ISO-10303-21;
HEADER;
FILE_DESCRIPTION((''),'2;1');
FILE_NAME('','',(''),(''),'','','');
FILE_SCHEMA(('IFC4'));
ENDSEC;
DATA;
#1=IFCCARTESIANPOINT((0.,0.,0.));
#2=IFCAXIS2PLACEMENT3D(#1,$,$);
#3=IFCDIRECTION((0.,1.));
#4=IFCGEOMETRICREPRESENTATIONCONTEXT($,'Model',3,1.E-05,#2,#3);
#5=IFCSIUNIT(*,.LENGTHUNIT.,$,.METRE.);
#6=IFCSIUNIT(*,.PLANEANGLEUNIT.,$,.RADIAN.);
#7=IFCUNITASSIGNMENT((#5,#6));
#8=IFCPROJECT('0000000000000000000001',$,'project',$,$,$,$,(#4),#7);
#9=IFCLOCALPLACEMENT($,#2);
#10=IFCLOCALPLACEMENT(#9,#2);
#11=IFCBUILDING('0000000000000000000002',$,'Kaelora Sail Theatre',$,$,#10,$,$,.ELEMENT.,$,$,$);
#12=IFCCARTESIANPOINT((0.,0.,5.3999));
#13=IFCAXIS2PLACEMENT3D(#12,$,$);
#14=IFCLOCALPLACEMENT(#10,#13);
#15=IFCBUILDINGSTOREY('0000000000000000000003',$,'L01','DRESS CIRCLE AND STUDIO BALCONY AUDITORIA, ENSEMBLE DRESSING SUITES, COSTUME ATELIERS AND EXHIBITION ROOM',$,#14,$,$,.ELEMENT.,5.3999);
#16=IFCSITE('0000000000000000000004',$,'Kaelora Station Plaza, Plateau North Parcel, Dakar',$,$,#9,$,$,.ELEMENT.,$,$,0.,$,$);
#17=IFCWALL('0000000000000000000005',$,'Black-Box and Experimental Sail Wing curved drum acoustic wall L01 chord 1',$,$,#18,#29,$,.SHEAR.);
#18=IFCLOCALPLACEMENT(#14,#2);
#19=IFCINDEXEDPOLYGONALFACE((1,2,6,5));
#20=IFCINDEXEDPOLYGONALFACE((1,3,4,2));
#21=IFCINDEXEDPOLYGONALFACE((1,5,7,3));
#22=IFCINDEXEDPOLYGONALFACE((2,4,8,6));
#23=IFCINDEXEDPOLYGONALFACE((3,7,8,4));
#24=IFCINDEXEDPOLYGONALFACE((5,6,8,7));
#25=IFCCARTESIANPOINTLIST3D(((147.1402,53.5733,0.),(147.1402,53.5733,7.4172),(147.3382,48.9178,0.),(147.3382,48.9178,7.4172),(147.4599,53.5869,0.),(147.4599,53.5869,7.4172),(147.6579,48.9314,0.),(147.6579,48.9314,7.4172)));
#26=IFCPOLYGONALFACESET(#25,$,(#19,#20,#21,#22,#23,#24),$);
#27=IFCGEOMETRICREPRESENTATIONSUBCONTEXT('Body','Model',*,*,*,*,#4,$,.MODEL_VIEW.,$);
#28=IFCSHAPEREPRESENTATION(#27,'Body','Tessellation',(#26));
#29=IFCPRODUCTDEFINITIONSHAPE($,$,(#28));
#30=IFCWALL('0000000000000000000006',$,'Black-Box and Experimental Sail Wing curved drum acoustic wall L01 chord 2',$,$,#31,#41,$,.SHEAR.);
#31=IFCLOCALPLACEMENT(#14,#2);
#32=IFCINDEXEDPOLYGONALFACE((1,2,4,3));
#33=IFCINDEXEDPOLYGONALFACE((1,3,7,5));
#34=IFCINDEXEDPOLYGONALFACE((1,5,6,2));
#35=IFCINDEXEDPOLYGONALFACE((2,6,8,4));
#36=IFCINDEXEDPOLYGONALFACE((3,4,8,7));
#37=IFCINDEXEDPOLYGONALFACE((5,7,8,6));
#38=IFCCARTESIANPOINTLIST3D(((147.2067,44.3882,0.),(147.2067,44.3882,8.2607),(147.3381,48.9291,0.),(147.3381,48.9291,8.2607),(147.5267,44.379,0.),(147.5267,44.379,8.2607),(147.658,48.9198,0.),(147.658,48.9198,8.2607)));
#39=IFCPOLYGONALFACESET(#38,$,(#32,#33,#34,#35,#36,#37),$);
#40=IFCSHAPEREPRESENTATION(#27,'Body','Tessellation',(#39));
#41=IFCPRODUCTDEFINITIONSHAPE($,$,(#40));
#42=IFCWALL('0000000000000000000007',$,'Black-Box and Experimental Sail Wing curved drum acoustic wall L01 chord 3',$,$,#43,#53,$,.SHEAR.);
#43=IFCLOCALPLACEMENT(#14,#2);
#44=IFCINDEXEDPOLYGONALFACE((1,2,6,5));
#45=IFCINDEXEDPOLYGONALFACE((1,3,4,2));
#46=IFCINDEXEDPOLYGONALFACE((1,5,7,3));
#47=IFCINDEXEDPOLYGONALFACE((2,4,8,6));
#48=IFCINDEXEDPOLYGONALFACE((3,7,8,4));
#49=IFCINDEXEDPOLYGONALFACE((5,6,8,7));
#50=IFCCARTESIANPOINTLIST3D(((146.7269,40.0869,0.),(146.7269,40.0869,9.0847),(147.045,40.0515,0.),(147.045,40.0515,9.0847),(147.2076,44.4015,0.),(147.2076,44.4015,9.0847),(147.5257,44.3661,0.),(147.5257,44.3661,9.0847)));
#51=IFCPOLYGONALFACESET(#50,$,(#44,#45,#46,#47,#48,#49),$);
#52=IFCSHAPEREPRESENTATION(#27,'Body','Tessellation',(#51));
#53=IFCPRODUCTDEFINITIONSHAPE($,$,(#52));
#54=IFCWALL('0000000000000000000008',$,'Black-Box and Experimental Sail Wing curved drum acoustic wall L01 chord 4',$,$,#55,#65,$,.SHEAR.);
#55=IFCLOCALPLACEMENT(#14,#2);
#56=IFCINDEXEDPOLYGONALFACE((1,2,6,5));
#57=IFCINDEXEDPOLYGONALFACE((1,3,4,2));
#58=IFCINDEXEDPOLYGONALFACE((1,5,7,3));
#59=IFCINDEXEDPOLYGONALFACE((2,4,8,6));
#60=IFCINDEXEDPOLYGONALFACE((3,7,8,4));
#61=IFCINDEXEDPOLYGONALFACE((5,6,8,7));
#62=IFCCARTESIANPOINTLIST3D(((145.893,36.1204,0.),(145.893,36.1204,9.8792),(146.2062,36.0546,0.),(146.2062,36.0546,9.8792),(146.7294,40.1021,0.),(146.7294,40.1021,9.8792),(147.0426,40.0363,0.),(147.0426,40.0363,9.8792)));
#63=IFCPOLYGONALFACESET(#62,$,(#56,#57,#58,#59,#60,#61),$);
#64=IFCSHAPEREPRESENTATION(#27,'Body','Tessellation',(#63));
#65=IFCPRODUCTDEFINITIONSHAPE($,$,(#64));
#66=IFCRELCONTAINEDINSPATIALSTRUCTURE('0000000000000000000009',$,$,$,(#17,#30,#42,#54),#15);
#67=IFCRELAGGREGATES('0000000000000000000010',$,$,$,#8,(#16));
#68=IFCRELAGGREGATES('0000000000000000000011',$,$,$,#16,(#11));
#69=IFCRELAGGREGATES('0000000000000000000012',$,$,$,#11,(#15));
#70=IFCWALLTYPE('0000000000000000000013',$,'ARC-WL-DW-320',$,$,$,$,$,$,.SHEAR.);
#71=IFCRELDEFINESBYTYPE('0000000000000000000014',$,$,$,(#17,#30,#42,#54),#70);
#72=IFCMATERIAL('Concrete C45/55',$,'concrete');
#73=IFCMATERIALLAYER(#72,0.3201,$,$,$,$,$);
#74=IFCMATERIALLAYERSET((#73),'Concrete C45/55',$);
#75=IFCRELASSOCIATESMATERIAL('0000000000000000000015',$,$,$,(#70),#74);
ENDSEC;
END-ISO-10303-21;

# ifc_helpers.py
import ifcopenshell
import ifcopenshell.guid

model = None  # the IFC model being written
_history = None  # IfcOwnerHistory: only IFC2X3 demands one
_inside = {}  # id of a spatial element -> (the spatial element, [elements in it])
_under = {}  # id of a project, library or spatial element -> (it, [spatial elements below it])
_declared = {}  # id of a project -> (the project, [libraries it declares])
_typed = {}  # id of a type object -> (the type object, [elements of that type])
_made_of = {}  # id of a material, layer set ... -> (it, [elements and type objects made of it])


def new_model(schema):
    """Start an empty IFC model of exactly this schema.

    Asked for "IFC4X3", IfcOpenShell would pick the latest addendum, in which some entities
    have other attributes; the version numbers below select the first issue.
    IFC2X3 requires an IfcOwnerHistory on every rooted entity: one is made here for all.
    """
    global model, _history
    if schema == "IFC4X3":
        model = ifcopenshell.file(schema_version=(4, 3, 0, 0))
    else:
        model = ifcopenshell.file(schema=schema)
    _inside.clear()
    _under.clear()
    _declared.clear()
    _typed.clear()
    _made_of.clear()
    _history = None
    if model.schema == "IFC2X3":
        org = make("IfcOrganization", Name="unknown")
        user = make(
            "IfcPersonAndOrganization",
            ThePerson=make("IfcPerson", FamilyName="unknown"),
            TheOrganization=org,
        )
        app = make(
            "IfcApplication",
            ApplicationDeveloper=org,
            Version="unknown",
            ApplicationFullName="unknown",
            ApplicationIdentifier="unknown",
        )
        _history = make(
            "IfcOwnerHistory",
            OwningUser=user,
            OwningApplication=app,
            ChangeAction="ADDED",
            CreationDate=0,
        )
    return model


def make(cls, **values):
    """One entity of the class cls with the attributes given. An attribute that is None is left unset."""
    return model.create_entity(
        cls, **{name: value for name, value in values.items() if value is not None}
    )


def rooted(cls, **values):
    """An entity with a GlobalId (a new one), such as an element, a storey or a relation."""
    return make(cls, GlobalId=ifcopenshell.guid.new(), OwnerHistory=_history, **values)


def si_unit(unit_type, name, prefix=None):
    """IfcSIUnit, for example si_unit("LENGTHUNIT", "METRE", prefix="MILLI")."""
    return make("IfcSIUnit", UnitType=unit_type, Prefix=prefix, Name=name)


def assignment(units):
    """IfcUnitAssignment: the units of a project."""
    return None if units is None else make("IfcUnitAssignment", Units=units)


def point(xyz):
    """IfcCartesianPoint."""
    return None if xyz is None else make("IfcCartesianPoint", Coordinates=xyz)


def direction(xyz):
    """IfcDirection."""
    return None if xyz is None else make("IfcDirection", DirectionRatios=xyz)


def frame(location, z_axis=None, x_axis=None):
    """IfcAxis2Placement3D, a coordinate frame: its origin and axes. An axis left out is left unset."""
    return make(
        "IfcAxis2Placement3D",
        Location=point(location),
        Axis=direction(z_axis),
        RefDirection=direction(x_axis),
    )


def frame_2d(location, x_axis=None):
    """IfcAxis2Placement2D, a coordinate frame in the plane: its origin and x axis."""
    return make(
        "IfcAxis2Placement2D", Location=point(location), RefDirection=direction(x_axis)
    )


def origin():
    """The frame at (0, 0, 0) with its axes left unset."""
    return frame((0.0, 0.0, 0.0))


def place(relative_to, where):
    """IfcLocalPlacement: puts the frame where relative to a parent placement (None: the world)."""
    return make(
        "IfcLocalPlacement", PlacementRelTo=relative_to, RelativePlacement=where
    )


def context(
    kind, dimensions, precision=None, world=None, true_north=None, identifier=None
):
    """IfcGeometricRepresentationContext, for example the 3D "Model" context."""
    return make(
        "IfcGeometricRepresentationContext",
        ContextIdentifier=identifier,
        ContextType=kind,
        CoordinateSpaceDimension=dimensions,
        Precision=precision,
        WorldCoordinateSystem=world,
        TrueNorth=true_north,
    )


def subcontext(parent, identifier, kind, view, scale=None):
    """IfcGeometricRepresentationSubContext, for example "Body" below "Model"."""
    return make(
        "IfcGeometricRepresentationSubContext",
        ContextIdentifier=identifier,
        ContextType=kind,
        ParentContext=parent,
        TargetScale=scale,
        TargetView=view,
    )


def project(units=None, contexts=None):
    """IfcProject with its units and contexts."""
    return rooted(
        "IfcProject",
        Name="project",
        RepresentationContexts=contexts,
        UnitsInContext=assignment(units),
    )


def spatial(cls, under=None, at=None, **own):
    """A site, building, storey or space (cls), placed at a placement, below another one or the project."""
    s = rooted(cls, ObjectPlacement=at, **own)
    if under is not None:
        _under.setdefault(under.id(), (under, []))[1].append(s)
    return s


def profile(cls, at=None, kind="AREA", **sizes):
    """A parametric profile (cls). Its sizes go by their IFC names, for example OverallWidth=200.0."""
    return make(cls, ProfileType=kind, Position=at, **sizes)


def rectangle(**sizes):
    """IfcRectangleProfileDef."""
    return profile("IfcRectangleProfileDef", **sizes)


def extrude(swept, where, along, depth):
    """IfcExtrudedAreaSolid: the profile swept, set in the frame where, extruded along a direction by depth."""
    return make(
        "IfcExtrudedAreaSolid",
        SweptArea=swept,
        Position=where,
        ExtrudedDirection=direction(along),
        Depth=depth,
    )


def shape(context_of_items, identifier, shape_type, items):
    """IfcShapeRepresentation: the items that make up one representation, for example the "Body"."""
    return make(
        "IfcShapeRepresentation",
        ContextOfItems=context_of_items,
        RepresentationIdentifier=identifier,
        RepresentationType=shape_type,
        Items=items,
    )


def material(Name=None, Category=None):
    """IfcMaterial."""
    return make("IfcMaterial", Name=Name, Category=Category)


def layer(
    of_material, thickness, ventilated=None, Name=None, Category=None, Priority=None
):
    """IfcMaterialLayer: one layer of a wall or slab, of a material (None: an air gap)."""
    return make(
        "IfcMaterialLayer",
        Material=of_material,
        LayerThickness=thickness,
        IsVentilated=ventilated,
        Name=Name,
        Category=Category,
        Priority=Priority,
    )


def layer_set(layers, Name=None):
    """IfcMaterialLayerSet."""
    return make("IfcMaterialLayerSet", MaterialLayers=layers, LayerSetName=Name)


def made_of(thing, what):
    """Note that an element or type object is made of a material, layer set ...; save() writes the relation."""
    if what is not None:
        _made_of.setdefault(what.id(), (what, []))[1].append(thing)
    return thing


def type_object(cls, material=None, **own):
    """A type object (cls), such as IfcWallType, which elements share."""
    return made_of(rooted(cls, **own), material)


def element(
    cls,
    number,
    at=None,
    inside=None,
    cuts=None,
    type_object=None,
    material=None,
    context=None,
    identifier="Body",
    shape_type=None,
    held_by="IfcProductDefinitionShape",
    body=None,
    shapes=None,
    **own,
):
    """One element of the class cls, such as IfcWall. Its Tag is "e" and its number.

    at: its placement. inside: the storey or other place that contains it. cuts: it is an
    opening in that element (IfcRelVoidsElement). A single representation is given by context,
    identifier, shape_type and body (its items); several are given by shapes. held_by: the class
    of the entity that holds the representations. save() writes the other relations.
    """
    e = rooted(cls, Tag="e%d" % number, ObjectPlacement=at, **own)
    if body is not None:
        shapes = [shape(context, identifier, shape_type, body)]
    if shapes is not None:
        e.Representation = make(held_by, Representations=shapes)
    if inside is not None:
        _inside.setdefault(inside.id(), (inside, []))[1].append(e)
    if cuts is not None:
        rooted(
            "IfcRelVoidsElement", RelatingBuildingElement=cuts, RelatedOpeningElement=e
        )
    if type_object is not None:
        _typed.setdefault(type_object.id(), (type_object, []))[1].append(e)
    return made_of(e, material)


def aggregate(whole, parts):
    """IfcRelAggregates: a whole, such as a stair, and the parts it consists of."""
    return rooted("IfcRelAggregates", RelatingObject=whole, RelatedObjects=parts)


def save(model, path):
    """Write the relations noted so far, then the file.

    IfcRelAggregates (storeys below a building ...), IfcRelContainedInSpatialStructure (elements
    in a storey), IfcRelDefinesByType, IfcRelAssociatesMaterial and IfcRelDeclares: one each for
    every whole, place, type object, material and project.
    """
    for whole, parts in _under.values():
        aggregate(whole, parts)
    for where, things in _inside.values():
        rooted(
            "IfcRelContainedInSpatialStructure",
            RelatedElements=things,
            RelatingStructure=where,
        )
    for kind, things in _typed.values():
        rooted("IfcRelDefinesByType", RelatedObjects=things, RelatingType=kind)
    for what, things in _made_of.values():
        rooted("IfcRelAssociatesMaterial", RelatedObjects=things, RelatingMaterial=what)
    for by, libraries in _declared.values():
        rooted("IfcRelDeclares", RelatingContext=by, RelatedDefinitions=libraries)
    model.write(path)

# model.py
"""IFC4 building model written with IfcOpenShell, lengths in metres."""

from ifc_helpers import new_model, si_unit, direction, frame, frame_2d, origin, place, context, subcontext, project, spatial, rectangle, extrude, material, layer, layer_set, type_object, element, save


model = new_model("IFC4")

# Units and contexts
model_context = context("Model", 3, precision=1e-05, world=origin(), true_north=direction((0.0, 1.0)))
body_context = subcontext(model_context, "Body", "Model", "MODEL_VIEW")
ifc_project = project(units=[si_unit("LENGTHUNIT", "METRE"), si_unit("PLANEANGLEUNIT", "RADIAN")], contexts=[model_context])

# Site, building, storey
site_placement = place(None, origin())
site = spatial("IfcSite", under=ifc_project, at=site_placement, Name="Kaelora Station Plaza, Plateau North Parcel, Dakar", CompositionType="ELEMENT", RefElevation=0.0)
building_placement = place(site_placement, origin())
building = spatial("IfcBuilding", under=site, at=building_placement, Name="Kaelora Sail Theatre", CompositionType="ELEMENT")
storey_placement = place(building_placement, frame((0.0, 0.0, 5.3999)))
storey = spatial("IfcBuildingStorey", under=building, at=storey_placement, Name="L01", Description="DRESS CIRCLE AND STUDIO BALCONY AUDITORIA, ENSEMBLE DRESSING SUITES, COSTUME ATELIERS AND EXHIBITION ROOM", CompositionType="ELEMENT", Elevation=5.3999)

# Walls
ifc_material_1 = material(Name="Concrete C45/55", Category="concrete")
ifc_layer = layer(ifc_material_1, 0.3201)
ifc_layer_set = layer_set([ifc_layer], Name="Concrete C45/55")
wall_type = type_object("IfcWallType", Name="ARC-WL-DW-320", PredefinedType="SHEAR", material=ifc_layer_set)
wall_1_placement = place(storey_placement, frame((147.3, 53.5801, 0.0), z_axis=(0.0, 0.0, 1.0), x_axis=(0.042491, -0.999097, 0.0)))
element("IfcWall", 1, at=wall_1_placement, inside=storey, type_object=wall_type, Name="Black-Box and Experimental Sail Wing curved drum acoustic wall L01 chord 1", PredefinedType="SHEAR", context=body_context, shape_type="SweptSolid", body=[
    extrude(rectangle(XDim=4.6597, YDim=0.3201, at=frame_2d((2.3298, 0.0))), origin(), (0.0, 0.0, 1.0), 7.4172),
])
wall_2_placement = place(storey_placement, frame((147.498, 48.9246, 0.0), z_axis=(0.0, 0.0, 1.0), x_axis=(-0.028914, -0.999582, 0.0)))
element("IfcWall", 2, at=wall_2_placement, inside=storey, type_object=wall_type, Name="Black-Box and Experimental Sail Wing curved drum acoustic wall L01 chord 2", PredefinedType="SHEAR", context=body_context, shape_type="SweptSolid", body=[
    extrude(rectangle(XDim=4.5427, YDim=0.3201, at=frame_2d((2.2715, 0.0))), origin(), (0.0, 0.0, 1.0), 8.2607),
])
wall_3_placement = place(storey_placement, frame((147.3667, 44.3838, 0.0), z_axis=(0.0, 0.0, 1.0), x_axis=(-0.110728, -0.993851, 0.0)))
element("IfcWall", 3, at=wall_3_placement, inside=storey, type_object=wall_type, Name="Black-Box and Experimental Sail Wing curved drum acoustic wall L01 chord 3", PredefinedType="SHEAR", context=body_context, shape_type="SweptSolid", body=[
    extrude(rectangle(XDim=4.3413, YDim=0.3201, at=frame_2d((2.1707, 0.0))), origin(), (0.0, 0.0, 1.0), 9.0847),
])
wall_4_placement = place(storey_placement, frame((146.886, 40.0691, 0.0), z_axis=(0.0, 0.0, 1.0), x_axis=(-0.205581, -0.97864, 0.0)))
element("IfcWall", 4, at=wall_4_placement, inside=storey, type_object=wall_type, Name="Black-Box and Experimental Sail Wing curved drum acoustic wall L01 chord 4", PredefinedType="SHEAR", context=body_context, shape_type="SweptSolid", body=[
    extrude(rectangle(XDim=4.0686, YDim=0.3201, at=frame_2d((2.0342, 0.0))), origin(), (0.0, 0.0, 1.0), 9.8792),
])

save(model, "model.ifc")
